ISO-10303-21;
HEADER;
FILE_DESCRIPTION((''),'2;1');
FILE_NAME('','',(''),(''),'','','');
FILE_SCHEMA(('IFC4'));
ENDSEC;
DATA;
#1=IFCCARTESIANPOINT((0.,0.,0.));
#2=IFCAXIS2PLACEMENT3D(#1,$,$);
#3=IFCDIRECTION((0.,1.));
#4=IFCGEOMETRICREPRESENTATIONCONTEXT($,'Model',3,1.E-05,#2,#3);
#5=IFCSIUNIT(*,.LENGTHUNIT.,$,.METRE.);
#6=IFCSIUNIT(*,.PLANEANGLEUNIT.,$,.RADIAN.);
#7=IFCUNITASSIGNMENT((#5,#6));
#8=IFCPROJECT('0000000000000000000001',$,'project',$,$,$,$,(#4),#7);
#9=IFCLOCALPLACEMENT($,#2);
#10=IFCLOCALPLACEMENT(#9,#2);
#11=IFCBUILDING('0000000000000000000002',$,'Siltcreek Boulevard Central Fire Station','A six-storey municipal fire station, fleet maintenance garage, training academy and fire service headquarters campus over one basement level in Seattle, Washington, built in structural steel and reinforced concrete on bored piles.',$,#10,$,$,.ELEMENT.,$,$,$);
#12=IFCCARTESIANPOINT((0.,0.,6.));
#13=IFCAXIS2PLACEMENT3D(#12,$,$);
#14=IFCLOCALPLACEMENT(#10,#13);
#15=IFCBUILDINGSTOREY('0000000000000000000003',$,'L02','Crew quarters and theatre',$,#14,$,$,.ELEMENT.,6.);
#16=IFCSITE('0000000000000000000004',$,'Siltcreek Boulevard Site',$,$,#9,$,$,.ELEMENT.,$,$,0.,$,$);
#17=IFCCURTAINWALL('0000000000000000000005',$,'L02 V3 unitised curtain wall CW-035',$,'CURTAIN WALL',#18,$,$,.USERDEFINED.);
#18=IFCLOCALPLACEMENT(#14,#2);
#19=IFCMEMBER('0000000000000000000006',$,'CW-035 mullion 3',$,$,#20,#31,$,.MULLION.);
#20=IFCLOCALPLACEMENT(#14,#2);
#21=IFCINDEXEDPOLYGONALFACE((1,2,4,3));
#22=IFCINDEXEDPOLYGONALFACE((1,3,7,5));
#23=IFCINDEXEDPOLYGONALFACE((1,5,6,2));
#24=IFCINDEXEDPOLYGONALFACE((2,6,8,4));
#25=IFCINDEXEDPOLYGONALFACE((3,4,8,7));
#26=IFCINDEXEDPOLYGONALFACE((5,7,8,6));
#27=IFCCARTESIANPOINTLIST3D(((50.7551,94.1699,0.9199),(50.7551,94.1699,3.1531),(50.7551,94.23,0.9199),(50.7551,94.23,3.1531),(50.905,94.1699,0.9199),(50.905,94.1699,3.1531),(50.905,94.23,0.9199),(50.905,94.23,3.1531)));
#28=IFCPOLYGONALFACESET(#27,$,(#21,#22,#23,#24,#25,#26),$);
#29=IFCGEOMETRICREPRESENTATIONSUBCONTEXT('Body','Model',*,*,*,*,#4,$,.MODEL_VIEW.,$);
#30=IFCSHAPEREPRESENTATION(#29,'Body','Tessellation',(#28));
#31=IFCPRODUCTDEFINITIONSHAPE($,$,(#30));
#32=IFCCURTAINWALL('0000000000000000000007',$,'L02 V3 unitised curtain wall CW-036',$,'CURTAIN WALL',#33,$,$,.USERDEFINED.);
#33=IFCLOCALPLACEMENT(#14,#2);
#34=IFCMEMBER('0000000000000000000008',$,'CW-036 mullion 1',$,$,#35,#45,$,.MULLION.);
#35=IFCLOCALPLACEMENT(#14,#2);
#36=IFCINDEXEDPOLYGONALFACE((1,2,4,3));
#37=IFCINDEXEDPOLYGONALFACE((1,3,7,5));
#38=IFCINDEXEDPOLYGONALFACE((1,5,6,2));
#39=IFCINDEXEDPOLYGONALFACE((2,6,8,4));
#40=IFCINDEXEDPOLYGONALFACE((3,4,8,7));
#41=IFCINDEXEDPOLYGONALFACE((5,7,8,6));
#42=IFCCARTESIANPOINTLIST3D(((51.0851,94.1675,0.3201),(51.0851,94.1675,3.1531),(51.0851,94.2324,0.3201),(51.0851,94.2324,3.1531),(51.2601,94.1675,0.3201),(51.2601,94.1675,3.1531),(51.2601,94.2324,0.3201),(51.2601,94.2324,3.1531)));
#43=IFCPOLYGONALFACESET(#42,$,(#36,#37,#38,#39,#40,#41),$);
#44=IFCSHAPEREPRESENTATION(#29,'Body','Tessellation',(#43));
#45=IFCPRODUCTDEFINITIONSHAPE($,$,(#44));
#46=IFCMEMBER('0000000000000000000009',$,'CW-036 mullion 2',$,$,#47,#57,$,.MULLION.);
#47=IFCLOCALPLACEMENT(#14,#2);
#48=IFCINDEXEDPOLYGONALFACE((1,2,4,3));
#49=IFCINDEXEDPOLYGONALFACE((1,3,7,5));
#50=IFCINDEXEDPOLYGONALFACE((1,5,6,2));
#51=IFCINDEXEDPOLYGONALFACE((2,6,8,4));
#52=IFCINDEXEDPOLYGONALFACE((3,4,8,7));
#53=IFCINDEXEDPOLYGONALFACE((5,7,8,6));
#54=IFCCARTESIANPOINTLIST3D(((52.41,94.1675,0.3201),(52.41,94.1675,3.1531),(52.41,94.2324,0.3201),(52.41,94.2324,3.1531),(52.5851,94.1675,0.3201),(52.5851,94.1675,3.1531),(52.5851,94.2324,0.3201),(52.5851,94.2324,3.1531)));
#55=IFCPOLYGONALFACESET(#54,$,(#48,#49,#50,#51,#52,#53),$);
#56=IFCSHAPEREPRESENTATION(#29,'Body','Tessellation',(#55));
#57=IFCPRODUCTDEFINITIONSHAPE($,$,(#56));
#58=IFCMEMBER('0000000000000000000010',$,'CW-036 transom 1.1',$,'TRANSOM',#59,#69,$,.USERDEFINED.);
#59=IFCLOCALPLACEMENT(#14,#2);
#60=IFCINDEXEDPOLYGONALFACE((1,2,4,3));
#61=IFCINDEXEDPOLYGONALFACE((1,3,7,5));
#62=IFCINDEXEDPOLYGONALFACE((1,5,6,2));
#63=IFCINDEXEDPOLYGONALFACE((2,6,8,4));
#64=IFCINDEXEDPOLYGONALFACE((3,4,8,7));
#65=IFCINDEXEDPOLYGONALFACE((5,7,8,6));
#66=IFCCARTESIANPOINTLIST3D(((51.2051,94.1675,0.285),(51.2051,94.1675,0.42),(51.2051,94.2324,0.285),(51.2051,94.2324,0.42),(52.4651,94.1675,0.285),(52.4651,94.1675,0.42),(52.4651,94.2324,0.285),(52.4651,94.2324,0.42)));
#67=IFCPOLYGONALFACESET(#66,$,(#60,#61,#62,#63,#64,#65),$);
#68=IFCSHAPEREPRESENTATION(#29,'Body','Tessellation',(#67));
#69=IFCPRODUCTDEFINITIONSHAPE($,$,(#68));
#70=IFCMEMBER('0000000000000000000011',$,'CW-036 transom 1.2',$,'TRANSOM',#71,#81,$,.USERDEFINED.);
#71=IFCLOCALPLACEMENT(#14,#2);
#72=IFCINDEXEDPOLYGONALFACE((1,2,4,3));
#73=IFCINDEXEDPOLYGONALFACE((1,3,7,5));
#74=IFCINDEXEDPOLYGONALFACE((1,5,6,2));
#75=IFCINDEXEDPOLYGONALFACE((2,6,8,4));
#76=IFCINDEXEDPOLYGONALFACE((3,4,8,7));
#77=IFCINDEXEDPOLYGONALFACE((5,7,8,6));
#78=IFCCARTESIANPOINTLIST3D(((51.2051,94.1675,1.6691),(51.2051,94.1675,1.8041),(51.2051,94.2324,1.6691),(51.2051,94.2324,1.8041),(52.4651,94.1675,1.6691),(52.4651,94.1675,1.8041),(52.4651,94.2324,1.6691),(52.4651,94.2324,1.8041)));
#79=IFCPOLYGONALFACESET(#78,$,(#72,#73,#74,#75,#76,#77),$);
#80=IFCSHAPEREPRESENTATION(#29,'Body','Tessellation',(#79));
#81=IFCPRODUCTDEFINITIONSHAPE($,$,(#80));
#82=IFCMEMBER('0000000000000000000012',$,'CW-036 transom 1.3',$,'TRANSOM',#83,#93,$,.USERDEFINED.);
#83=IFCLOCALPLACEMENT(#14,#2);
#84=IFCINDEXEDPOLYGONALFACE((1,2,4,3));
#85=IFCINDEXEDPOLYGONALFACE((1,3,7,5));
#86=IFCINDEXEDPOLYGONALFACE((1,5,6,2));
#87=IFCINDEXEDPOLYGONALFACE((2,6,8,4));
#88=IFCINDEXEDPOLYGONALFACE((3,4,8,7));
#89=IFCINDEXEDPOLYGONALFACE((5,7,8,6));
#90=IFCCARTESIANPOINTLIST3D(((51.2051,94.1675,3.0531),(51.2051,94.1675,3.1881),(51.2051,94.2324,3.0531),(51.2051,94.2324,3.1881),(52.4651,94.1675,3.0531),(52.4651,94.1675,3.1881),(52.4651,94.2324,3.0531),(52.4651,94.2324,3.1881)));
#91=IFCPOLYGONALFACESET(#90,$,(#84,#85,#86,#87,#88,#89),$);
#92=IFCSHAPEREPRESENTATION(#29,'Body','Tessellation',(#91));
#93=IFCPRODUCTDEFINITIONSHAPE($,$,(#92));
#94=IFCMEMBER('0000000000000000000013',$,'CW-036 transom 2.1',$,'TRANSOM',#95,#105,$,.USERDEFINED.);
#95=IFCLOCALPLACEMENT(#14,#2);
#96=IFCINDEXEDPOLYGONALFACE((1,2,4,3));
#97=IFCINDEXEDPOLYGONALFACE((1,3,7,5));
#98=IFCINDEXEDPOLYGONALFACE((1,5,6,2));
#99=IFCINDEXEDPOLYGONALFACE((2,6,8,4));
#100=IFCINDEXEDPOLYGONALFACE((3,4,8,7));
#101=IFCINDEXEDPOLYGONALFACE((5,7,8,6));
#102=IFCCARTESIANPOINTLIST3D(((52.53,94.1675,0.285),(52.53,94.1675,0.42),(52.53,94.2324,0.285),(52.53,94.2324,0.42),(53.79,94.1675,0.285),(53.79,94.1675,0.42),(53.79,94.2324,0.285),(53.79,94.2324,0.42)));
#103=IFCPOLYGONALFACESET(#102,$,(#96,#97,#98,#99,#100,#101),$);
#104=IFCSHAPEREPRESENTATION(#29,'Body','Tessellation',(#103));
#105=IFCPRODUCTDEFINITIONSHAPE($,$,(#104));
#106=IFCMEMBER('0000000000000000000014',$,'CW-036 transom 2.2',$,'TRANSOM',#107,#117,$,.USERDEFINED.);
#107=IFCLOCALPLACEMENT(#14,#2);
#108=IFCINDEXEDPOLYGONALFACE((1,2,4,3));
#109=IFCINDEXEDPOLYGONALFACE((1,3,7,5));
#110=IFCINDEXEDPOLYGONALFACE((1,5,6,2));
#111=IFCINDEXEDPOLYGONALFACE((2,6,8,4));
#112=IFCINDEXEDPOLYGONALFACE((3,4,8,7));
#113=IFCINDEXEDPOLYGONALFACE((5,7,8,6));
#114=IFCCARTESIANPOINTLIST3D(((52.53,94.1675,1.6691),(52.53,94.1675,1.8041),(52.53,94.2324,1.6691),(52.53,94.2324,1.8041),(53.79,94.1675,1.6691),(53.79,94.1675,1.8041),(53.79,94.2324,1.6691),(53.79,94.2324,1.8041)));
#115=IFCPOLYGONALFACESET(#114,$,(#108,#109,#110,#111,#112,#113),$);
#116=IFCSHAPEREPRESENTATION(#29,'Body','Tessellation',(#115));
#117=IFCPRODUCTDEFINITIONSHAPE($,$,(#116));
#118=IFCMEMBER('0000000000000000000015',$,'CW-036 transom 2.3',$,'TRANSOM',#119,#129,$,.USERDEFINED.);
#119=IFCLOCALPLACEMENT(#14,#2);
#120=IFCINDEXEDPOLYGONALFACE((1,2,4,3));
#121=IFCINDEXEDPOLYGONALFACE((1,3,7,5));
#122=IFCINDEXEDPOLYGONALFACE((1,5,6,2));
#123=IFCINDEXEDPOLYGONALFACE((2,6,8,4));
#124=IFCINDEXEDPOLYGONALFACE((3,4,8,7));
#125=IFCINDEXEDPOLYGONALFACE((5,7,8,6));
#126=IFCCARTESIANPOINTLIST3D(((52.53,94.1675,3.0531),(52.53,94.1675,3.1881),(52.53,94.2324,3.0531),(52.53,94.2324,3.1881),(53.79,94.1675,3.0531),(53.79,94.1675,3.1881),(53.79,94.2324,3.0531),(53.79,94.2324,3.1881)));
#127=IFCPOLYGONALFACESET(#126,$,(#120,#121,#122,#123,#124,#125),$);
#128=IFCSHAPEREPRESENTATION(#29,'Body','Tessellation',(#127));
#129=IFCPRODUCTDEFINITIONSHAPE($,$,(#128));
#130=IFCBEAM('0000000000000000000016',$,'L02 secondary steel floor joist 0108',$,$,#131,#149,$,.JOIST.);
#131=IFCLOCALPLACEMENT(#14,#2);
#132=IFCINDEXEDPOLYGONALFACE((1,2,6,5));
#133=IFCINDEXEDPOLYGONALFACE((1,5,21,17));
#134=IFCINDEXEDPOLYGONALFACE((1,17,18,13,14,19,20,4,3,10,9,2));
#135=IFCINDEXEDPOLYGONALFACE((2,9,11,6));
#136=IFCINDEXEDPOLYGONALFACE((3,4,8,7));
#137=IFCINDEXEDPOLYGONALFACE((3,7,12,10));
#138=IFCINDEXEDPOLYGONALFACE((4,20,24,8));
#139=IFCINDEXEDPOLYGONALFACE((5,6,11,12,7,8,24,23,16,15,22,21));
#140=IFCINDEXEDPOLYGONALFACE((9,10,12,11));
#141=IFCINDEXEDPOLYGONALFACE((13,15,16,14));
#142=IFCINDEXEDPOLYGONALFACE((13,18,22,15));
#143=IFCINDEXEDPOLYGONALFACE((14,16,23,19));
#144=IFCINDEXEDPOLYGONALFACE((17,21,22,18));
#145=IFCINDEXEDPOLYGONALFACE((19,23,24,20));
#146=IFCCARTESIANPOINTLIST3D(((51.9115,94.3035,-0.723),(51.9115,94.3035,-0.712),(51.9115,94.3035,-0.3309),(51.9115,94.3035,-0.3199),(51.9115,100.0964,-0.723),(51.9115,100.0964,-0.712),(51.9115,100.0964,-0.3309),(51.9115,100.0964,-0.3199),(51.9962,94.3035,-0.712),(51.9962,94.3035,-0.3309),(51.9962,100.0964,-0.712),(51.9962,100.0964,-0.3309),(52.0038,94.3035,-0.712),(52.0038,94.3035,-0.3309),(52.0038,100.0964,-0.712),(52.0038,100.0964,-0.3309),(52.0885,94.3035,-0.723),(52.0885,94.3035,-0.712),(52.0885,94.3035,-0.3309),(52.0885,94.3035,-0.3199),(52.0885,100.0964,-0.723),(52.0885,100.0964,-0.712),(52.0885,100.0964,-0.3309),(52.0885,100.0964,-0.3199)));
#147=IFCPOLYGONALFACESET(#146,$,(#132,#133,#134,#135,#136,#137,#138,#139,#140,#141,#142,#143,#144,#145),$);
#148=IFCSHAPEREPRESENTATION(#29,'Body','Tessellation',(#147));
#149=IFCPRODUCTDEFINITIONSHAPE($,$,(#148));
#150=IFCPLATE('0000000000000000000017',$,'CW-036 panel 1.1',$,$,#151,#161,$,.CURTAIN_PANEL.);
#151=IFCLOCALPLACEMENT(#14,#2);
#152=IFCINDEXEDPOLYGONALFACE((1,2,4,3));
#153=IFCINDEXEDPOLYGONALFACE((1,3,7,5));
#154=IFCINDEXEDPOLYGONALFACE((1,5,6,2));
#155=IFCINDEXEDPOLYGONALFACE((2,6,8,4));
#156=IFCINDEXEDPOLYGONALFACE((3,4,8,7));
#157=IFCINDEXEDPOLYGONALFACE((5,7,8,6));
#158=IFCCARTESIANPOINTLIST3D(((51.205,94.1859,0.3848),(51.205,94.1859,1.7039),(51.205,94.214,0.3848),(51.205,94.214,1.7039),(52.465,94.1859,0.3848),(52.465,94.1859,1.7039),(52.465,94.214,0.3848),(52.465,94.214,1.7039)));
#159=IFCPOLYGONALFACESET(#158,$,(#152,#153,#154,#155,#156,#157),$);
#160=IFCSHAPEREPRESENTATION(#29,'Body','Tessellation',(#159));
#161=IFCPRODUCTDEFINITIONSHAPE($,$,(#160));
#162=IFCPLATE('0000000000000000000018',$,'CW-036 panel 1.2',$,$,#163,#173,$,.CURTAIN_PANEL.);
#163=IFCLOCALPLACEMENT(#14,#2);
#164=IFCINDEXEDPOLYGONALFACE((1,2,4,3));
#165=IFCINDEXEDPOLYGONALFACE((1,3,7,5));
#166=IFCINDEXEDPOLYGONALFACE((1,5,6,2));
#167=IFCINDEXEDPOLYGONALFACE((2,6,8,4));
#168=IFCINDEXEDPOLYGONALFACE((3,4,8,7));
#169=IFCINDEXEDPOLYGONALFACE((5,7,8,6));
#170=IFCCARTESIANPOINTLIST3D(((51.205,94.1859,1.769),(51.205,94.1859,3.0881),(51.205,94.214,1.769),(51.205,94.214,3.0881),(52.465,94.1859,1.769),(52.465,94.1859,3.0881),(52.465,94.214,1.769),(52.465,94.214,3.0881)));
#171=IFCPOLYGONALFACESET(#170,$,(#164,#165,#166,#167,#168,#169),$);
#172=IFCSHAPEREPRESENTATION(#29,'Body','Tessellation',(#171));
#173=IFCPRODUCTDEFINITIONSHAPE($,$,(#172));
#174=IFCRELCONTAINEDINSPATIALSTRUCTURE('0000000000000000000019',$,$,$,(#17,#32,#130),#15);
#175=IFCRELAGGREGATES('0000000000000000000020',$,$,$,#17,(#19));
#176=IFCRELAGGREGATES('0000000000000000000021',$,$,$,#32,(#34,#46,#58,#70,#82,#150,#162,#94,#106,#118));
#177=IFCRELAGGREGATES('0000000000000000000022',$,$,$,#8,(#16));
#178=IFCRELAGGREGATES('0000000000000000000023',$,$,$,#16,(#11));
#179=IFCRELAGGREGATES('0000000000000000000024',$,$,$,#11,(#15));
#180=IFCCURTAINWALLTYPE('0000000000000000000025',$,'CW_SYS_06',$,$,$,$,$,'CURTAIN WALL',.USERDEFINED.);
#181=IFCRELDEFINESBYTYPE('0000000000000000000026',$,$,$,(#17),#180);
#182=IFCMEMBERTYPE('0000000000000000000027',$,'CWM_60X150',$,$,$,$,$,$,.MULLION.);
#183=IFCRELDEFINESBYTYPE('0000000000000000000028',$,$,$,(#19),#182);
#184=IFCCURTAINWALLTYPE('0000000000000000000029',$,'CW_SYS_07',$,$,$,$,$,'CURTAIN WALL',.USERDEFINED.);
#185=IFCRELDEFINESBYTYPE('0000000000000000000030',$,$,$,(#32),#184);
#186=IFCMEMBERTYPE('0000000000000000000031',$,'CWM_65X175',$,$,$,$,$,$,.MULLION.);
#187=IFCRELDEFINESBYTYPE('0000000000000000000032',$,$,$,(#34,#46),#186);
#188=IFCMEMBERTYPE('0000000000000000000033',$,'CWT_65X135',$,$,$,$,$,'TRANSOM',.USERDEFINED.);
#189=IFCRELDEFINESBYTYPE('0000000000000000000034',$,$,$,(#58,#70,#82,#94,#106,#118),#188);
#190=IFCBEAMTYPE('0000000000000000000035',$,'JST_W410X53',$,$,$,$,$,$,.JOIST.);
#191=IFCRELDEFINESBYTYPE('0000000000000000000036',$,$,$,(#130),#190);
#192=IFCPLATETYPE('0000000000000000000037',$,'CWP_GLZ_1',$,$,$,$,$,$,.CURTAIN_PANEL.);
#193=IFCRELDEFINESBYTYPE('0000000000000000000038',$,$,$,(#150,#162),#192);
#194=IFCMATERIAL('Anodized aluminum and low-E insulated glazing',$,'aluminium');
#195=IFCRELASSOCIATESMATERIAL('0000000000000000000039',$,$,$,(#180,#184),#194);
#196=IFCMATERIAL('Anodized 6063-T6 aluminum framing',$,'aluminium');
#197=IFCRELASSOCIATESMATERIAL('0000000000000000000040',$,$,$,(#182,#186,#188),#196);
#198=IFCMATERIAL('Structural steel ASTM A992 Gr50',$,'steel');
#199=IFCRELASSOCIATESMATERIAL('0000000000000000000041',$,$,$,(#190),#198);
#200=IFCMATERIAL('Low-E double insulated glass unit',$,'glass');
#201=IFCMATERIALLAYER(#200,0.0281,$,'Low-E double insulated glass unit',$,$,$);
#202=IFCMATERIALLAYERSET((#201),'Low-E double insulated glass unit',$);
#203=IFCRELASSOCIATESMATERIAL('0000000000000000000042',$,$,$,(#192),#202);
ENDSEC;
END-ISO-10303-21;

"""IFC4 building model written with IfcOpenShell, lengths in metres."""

from ifc_helpers import new_model, si_unit, direction, frame, origin, origin_2d, place, context, subcontext, project, spatial, rectangle, i_section, extrude, material, layer, layer_set, material_profile, profile_set, type_object, element, aggregate, save


model = new_model("IFC4")

# Units and contexts
model_context = context("Model", 3, precision=1e-05, world=origin(), true_north=direction((0.0, 1.0)))
body_context = subcontext(model_context, "Body", "Model", "MODEL_VIEW")
ifc_project = project(units=[si_unit("LENGTHUNIT", "METRE"), si_unit("PLANEANGLEUNIT", "RADIAN")], contexts=[model_context])

# Site, building, storey
site_placement = place(None, origin())
site = spatial("IfcSite", under=ifc_project, at=site_placement, Name="Siltcreek Boulevard Site", CompositionType="ELEMENT", RefElevation=0.0)
building_placement = place(site_placement, origin())
building = spatial("IfcBuilding", under=site, at=building_placement, Name="Siltcreek Boulevard Central Fire Station", Description="A six-storey municipal fire station, fleet maintenance garage, training academy and fire service headquarters campus over one basement level in Seattle, Washington, built in structural steel and reinforced concrete on bored piles.", CompositionType="ELEMENT")
storey_placement = place(building_placement, frame((0.0, 0.0, 6.0)))
storey = spatial("IfcBuildingStorey", under=building, at=storey_placement, Name="L02", Description="Crew quarters and theatre", CompositionType="ELEMENT", Elevation=6.0)

# Curtain wall, member
ifc_material_1 = material(Name="Anodized aluminum and low-E insulated glazing", Category="aluminium")
curtain_wall_type_1 = type_object("IfcCurtainWallType", Name="CW_SYS_06", ElementType="CURTAIN WALL", PredefinedType="USERDEFINED", material=ifc_material_1)
curtain_wall_1_placement = place(storey_placement, origin())
curtain_wall_1 = element("IfcCurtainWall", 1, at=curtain_wall_1_placement, inside=storey, type_object=curtain_wall_type_1, Name="L02 V3 unitised curtain wall CW-035", ObjectType="CURTAIN WALL", PredefinedType="USERDEFINED")
ifc_material_2 = material(Name="Anodized 6063-T6 aluminum framing", Category="aluminium")
ifc_material_profile_1 = material_profile(ifc_material_2, rectangle(XDim=0.0601, YDim=0.1499, at=origin_2d()), Name="MULL60X150")
ifc_profile_set_1 = profile_set([ifc_material_profile_1], Name="Anodized 6063-T6 aluminum framing")
member_type_1 = type_object("IfcMemberType", Name="CWM_60X150", PredefinedType="MULLION", material=ifc_profile_set_1)
member_1_placement = place(storey_placement, frame((50.8301, 94.2, 0.9199), z_axis=(0.0, 0.0, 1.0), x_axis=(0.0, 1.0, 0.0)))
member_1 = element("IfcMember", 2, at=member_1_placement, type_object=member_type_1, Name="CW-035 mullion 3", PredefinedType="MULLION", context=body_context, shape_type="SweptSolid", body=[
    extrude(rectangle(XDim=0.0601, YDim=0.1499, at=origin_2d()), origin(), (0.0, 0.0, 1.0), 2.2332),
])
aggregate(curtain_wall_1, [member_1])

# Curtain wall, members
curtain_wall_type_2 = type_object("IfcCurtainWallType", Name="CW_SYS_07", ElementType="CURTAIN WALL", PredefinedType="USERDEFINED", material=ifc_material_1)
curtain_wall_2_placement = place(storey_placement, origin())
curtain_wall_2 = element("IfcCurtainWall", 3, at=curtain_wall_2_placement, inside=storey, type_object=curtain_wall_type_2, Name="L02 V3 unitised curtain wall CW-036", ObjectType="CURTAIN WALL", PredefinedType="USERDEFINED")
ifc_material_profile_2 = material_profile(ifc_material_2, rectangle(XDim=0.0649, YDim=0.175, at=origin_2d()), Name="MULL65X175")
ifc_profile_set_2 = profile_set([ifc_material_profile_2], Name="Anodized 6063-T6 aluminum framing")
member_type_2 = type_object("IfcMemberType", Name="CWM_65X175", PredefinedType="MULLION", material=ifc_profile_set_2)
member_2_placement = place(storey_placement, frame((51.1726, 94.2, 0.3201), z_axis=(0.0, 0.0, 1.0), x_axis=(0.0, 1.0, 0.0)))
member_2 = element("IfcMember", 4, at=member_2_placement, type_object=member_type_2, Name="CW-036 mullion 1", PredefinedType="MULLION", context=body_context, shape_type="SweptSolid", body=[
    extrude(rectangle(XDim=0.0649, YDim=0.175, at=origin_2d()), origin(), (0.0, 0.0, 1.0), 2.833),
])
member_3_placement = place(storey_placement, frame((52.4976, 94.2, 0.3201), z_axis=(0.0, 0.0, 1.0), x_axis=(0.0, 1.0, 0.0)))
member_3 = element("IfcMember", 5, at=member_3_placement, type_object=member_type_2, Name="CW-036 mullion 2", PredefinedType="MULLION", context=body_context, shape_type="SweptSolid", body=[
    extrude(rectangle(XDim=0.0649, YDim=0.175, at=origin_2d()), origin(), (0.0, 0.0, 1.0), 2.833),
])
ifc_material_profile_3 = material_profile(ifc_material_2, rectangle(XDim=0.0649, YDim=0.135, at=origin_2d()), Name="TRAN65X135")
ifc_profile_set_3 = profile_set([ifc_material_profile_3], Name="Anodized 6063-T6 aluminum framing")
member_type_3 = type_object("IfcMemberType", Name="CWT_65X135", ElementType="TRANSOM", PredefinedType="USERDEFINED", material=ifc_profile_set_3)
member_4_placement = place(storey_placement, frame((51.2051, 94.2, 0.3525), z_axis=(1.0, 0.0, 0.0), x_axis=(0.0, 1.0, 0.0)))
member_4 = element("IfcMember", 6, at=member_4_placement, type_object=member_type_3, Name="CW-036 transom 1.1", ObjectType="TRANSOM", PredefinedType="USERDEFINED", context=body_context, shape_type="SweptSolid", body=[
    extrude(rectangle(XDim=0.0649, YDim=0.135, at=origin_2d()), origin(), (0.0, 0.0, 1.0), 1.26),
])
member_5_placement = place(storey_placement, frame((51.2051, 94.2, 1.7366), z_axis=(1.0, 0.0, 0.0), x_axis=(0.0, 1.0, 0.0)))
member_5 = element("IfcMember", 7, at=member_5_placement, type_object=member_type_3, Name="CW-036 transom 1.2", ObjectType="TRANSOM", PredefinedType="USERDEFINED", context=body_context, shape_type="SweptSolid", body=[
    extrude(rectangle(XDim=0.0649, YDim=0.135, at=origin_2d()), origin(), (0.0, 0.0, 1.0), 1.26),
])
member_6_placement = place(storey_placement, frame((51.2051, 94.2, 3.1206), z_axis=(1.0, 0.0, 0.0), x_axis=(0.0, 1.0, 0.0)))
member_6 = element("IfcMember", 8, at=member_6_placement, type_object=member_type_3, Name="CW-036 transom 1.3", ObjectType="TRANSOM", PredefinedType="USERDEFINED", context=body_context, shape_type="SweptSolid", body=[
    extrude(rectangle(XDim=0.0649, YDim=0.135, at=origin_2d()), origin(), (0.0, 0.0, 1.0), 1.26),
])
member_7_placement = place(storey_placement, frame((52.53, 94.2, 0.3525), z_axis=(1.0, 0.0, 0.0), x_axis=(0.0, 1.0, 0.0)))
member_7 = element("IfcMember", 9, at=member_7_placement, type_object=member_type_3, Name="CW-036 transom 2.1", ObjectType="TRANSOM", PredefinedType="USERDEFINED", context=body_context, shape_type="SweptSolid", body=[
    extrude(rectangle(XDim=0.0649, YDim=0.135, at=origin_2d()), origin(), (0.0, 0.0, 1.0), 1.26),
])
member_8_placement = place(storey_placement, frame((52.53, 94.2, 1.7366), z_axis=(1.0, 0.0, 0.0), x_axis=(0.0, 1.0, 0.0)))
member_8 = element("IfcMember", 10, at=member_8_placement, type_object=member_type_3, Name="CW-036 transom 2.2", ObjectType="TRANSOM", PredefinedType="USERDEFINED", context=body_context, shape_type="SweptSolid", body=[
    extrude(rectangle(XDim=0.0649, YDim=0.135, at=origin_2d()), origin(), (0.0, 0.0, 1.0), 1.26),
])
member_9_placement = place(storey_placement, frame((52.53, 94.2, 3.1206), z_axis=(1.0, 0.0, 0.0), x_axis=(0.0, 1.0, 0.0)))
member_9 = element("IfcMember", 11, at=member_9_placement, type_object=member_type_3, Name="CW-036 transom 2.3", ObjectType="TRANSOM", PredefinedType="USERDEFINED", context=body_context, shape_type="SweptSolid", body=[
    extrude(rectangle(XDim=0.0649, YDim=0.135, at=origin_2d()), origin(), (0.0, 0.0, 1.0), 1.26),
])

# Beam
ifc_material_3 = material(Name="Structural steel ASTM A992 Gr50", Category="steel")
ifc_material_profile_4 = material_profile(ifc_material_3, i_section(OverallWidth=0.177, OverallDepth=0.4031, WebThickness=0.0076, FlangeThickness=0.011, at=origin_2d()), Name="W410X53")
ifc_profile_set_4 = profile_set([ifc_material_profile_4], Name="Structural steel ASTM A992 Gr50")
beam_type = type_object("IfcBeamType", Name="JST_W410X53", PredefinedType="JOIST", material=ifc_profile_set_4)
beam_placement = place(storey_placement, frame((52.0, 94.3035, -0.5215), z_axis=(0.0, 1.0, 0.0), x_axis=(-1.0, 0.0, 0.0)))
element("IfcBeam", 12, at=beam_placement, inside=storey, type_object=beam_type, Name="L02 secondary steel floor joist 0108", PredefinedType="JOIST", context=body_context, shape_type="SweptSolid", body=[
    extrude(i_section(OverallWidth=0.177, OverallDepth=0.4031, WebThickness=0.0076, FlangeThickness=0.011, at=origin_2d()), origin(), (0.0, 0.0, 1.0), 5.793),
])

# Plates
ifc_material_4 = material(Name="Low-E double insulated glass unit", Category="glass")
ifc_layer_1 = layer(ifc_material_4, 0.0281, Name="Low-E double insulated glass unit")
ifc_layer_set_1 = layer_set([ifc_layer_1], Name="Low-E double insulated glass unit")
plate_type = type_object("IfcPlateType", Name="CWP_GLZ_1", PredefinedType="CURTAIN_PANEL", material=ifc_layer_set_1)
plate_1_placement = place(storey_placement, frame((51.835, 94.2, 0.3848), z_axis=(0.0, 0.0, 1.0), x_axis=(1.0, 0.0, 0.0)))
plate_1 = element("IfcPlate", 13, at=plate_1_placement, type_object=plate_type, Name="CW-036 panel 1.1", PredefinedType="CURTAIN_PANEL", context=body_context, shape_type="SweptSolid", body=[
    extrude(rectangle(XDim=1.26, YDim=0.0281, at=origin_2d()), origin(), (0.0, 0.0, 1.0), 1.3191),
])
plate_2_placement = place(storey_placement, frame((51.835, 94.2, 1.769), z_axis=(0.0, 0.0, 1.0), x_axis=(1.0, 0.0, 0.0)))
plate_2 = element("IfcPlate", 14, at=plate_2_placement, type_object=plate_type, Name="CW-036 panel 1.2", PredefinedType="CURTAIN_PANEL", context=body_context, shape_type="SweptSolid", body=[
    extrude(rectangle(XDim=1.26, YDim=0.0281, at=origin_2d()), origin(), (0.0, 0.0, 1.0), 1.3191),
])
aggregate(curtain_wall_2, [member_2, member_3, member_4, member_5, member_6, plate_1, plate_2, member_7, member_8, member_9])

save(model, "model.ifc")
